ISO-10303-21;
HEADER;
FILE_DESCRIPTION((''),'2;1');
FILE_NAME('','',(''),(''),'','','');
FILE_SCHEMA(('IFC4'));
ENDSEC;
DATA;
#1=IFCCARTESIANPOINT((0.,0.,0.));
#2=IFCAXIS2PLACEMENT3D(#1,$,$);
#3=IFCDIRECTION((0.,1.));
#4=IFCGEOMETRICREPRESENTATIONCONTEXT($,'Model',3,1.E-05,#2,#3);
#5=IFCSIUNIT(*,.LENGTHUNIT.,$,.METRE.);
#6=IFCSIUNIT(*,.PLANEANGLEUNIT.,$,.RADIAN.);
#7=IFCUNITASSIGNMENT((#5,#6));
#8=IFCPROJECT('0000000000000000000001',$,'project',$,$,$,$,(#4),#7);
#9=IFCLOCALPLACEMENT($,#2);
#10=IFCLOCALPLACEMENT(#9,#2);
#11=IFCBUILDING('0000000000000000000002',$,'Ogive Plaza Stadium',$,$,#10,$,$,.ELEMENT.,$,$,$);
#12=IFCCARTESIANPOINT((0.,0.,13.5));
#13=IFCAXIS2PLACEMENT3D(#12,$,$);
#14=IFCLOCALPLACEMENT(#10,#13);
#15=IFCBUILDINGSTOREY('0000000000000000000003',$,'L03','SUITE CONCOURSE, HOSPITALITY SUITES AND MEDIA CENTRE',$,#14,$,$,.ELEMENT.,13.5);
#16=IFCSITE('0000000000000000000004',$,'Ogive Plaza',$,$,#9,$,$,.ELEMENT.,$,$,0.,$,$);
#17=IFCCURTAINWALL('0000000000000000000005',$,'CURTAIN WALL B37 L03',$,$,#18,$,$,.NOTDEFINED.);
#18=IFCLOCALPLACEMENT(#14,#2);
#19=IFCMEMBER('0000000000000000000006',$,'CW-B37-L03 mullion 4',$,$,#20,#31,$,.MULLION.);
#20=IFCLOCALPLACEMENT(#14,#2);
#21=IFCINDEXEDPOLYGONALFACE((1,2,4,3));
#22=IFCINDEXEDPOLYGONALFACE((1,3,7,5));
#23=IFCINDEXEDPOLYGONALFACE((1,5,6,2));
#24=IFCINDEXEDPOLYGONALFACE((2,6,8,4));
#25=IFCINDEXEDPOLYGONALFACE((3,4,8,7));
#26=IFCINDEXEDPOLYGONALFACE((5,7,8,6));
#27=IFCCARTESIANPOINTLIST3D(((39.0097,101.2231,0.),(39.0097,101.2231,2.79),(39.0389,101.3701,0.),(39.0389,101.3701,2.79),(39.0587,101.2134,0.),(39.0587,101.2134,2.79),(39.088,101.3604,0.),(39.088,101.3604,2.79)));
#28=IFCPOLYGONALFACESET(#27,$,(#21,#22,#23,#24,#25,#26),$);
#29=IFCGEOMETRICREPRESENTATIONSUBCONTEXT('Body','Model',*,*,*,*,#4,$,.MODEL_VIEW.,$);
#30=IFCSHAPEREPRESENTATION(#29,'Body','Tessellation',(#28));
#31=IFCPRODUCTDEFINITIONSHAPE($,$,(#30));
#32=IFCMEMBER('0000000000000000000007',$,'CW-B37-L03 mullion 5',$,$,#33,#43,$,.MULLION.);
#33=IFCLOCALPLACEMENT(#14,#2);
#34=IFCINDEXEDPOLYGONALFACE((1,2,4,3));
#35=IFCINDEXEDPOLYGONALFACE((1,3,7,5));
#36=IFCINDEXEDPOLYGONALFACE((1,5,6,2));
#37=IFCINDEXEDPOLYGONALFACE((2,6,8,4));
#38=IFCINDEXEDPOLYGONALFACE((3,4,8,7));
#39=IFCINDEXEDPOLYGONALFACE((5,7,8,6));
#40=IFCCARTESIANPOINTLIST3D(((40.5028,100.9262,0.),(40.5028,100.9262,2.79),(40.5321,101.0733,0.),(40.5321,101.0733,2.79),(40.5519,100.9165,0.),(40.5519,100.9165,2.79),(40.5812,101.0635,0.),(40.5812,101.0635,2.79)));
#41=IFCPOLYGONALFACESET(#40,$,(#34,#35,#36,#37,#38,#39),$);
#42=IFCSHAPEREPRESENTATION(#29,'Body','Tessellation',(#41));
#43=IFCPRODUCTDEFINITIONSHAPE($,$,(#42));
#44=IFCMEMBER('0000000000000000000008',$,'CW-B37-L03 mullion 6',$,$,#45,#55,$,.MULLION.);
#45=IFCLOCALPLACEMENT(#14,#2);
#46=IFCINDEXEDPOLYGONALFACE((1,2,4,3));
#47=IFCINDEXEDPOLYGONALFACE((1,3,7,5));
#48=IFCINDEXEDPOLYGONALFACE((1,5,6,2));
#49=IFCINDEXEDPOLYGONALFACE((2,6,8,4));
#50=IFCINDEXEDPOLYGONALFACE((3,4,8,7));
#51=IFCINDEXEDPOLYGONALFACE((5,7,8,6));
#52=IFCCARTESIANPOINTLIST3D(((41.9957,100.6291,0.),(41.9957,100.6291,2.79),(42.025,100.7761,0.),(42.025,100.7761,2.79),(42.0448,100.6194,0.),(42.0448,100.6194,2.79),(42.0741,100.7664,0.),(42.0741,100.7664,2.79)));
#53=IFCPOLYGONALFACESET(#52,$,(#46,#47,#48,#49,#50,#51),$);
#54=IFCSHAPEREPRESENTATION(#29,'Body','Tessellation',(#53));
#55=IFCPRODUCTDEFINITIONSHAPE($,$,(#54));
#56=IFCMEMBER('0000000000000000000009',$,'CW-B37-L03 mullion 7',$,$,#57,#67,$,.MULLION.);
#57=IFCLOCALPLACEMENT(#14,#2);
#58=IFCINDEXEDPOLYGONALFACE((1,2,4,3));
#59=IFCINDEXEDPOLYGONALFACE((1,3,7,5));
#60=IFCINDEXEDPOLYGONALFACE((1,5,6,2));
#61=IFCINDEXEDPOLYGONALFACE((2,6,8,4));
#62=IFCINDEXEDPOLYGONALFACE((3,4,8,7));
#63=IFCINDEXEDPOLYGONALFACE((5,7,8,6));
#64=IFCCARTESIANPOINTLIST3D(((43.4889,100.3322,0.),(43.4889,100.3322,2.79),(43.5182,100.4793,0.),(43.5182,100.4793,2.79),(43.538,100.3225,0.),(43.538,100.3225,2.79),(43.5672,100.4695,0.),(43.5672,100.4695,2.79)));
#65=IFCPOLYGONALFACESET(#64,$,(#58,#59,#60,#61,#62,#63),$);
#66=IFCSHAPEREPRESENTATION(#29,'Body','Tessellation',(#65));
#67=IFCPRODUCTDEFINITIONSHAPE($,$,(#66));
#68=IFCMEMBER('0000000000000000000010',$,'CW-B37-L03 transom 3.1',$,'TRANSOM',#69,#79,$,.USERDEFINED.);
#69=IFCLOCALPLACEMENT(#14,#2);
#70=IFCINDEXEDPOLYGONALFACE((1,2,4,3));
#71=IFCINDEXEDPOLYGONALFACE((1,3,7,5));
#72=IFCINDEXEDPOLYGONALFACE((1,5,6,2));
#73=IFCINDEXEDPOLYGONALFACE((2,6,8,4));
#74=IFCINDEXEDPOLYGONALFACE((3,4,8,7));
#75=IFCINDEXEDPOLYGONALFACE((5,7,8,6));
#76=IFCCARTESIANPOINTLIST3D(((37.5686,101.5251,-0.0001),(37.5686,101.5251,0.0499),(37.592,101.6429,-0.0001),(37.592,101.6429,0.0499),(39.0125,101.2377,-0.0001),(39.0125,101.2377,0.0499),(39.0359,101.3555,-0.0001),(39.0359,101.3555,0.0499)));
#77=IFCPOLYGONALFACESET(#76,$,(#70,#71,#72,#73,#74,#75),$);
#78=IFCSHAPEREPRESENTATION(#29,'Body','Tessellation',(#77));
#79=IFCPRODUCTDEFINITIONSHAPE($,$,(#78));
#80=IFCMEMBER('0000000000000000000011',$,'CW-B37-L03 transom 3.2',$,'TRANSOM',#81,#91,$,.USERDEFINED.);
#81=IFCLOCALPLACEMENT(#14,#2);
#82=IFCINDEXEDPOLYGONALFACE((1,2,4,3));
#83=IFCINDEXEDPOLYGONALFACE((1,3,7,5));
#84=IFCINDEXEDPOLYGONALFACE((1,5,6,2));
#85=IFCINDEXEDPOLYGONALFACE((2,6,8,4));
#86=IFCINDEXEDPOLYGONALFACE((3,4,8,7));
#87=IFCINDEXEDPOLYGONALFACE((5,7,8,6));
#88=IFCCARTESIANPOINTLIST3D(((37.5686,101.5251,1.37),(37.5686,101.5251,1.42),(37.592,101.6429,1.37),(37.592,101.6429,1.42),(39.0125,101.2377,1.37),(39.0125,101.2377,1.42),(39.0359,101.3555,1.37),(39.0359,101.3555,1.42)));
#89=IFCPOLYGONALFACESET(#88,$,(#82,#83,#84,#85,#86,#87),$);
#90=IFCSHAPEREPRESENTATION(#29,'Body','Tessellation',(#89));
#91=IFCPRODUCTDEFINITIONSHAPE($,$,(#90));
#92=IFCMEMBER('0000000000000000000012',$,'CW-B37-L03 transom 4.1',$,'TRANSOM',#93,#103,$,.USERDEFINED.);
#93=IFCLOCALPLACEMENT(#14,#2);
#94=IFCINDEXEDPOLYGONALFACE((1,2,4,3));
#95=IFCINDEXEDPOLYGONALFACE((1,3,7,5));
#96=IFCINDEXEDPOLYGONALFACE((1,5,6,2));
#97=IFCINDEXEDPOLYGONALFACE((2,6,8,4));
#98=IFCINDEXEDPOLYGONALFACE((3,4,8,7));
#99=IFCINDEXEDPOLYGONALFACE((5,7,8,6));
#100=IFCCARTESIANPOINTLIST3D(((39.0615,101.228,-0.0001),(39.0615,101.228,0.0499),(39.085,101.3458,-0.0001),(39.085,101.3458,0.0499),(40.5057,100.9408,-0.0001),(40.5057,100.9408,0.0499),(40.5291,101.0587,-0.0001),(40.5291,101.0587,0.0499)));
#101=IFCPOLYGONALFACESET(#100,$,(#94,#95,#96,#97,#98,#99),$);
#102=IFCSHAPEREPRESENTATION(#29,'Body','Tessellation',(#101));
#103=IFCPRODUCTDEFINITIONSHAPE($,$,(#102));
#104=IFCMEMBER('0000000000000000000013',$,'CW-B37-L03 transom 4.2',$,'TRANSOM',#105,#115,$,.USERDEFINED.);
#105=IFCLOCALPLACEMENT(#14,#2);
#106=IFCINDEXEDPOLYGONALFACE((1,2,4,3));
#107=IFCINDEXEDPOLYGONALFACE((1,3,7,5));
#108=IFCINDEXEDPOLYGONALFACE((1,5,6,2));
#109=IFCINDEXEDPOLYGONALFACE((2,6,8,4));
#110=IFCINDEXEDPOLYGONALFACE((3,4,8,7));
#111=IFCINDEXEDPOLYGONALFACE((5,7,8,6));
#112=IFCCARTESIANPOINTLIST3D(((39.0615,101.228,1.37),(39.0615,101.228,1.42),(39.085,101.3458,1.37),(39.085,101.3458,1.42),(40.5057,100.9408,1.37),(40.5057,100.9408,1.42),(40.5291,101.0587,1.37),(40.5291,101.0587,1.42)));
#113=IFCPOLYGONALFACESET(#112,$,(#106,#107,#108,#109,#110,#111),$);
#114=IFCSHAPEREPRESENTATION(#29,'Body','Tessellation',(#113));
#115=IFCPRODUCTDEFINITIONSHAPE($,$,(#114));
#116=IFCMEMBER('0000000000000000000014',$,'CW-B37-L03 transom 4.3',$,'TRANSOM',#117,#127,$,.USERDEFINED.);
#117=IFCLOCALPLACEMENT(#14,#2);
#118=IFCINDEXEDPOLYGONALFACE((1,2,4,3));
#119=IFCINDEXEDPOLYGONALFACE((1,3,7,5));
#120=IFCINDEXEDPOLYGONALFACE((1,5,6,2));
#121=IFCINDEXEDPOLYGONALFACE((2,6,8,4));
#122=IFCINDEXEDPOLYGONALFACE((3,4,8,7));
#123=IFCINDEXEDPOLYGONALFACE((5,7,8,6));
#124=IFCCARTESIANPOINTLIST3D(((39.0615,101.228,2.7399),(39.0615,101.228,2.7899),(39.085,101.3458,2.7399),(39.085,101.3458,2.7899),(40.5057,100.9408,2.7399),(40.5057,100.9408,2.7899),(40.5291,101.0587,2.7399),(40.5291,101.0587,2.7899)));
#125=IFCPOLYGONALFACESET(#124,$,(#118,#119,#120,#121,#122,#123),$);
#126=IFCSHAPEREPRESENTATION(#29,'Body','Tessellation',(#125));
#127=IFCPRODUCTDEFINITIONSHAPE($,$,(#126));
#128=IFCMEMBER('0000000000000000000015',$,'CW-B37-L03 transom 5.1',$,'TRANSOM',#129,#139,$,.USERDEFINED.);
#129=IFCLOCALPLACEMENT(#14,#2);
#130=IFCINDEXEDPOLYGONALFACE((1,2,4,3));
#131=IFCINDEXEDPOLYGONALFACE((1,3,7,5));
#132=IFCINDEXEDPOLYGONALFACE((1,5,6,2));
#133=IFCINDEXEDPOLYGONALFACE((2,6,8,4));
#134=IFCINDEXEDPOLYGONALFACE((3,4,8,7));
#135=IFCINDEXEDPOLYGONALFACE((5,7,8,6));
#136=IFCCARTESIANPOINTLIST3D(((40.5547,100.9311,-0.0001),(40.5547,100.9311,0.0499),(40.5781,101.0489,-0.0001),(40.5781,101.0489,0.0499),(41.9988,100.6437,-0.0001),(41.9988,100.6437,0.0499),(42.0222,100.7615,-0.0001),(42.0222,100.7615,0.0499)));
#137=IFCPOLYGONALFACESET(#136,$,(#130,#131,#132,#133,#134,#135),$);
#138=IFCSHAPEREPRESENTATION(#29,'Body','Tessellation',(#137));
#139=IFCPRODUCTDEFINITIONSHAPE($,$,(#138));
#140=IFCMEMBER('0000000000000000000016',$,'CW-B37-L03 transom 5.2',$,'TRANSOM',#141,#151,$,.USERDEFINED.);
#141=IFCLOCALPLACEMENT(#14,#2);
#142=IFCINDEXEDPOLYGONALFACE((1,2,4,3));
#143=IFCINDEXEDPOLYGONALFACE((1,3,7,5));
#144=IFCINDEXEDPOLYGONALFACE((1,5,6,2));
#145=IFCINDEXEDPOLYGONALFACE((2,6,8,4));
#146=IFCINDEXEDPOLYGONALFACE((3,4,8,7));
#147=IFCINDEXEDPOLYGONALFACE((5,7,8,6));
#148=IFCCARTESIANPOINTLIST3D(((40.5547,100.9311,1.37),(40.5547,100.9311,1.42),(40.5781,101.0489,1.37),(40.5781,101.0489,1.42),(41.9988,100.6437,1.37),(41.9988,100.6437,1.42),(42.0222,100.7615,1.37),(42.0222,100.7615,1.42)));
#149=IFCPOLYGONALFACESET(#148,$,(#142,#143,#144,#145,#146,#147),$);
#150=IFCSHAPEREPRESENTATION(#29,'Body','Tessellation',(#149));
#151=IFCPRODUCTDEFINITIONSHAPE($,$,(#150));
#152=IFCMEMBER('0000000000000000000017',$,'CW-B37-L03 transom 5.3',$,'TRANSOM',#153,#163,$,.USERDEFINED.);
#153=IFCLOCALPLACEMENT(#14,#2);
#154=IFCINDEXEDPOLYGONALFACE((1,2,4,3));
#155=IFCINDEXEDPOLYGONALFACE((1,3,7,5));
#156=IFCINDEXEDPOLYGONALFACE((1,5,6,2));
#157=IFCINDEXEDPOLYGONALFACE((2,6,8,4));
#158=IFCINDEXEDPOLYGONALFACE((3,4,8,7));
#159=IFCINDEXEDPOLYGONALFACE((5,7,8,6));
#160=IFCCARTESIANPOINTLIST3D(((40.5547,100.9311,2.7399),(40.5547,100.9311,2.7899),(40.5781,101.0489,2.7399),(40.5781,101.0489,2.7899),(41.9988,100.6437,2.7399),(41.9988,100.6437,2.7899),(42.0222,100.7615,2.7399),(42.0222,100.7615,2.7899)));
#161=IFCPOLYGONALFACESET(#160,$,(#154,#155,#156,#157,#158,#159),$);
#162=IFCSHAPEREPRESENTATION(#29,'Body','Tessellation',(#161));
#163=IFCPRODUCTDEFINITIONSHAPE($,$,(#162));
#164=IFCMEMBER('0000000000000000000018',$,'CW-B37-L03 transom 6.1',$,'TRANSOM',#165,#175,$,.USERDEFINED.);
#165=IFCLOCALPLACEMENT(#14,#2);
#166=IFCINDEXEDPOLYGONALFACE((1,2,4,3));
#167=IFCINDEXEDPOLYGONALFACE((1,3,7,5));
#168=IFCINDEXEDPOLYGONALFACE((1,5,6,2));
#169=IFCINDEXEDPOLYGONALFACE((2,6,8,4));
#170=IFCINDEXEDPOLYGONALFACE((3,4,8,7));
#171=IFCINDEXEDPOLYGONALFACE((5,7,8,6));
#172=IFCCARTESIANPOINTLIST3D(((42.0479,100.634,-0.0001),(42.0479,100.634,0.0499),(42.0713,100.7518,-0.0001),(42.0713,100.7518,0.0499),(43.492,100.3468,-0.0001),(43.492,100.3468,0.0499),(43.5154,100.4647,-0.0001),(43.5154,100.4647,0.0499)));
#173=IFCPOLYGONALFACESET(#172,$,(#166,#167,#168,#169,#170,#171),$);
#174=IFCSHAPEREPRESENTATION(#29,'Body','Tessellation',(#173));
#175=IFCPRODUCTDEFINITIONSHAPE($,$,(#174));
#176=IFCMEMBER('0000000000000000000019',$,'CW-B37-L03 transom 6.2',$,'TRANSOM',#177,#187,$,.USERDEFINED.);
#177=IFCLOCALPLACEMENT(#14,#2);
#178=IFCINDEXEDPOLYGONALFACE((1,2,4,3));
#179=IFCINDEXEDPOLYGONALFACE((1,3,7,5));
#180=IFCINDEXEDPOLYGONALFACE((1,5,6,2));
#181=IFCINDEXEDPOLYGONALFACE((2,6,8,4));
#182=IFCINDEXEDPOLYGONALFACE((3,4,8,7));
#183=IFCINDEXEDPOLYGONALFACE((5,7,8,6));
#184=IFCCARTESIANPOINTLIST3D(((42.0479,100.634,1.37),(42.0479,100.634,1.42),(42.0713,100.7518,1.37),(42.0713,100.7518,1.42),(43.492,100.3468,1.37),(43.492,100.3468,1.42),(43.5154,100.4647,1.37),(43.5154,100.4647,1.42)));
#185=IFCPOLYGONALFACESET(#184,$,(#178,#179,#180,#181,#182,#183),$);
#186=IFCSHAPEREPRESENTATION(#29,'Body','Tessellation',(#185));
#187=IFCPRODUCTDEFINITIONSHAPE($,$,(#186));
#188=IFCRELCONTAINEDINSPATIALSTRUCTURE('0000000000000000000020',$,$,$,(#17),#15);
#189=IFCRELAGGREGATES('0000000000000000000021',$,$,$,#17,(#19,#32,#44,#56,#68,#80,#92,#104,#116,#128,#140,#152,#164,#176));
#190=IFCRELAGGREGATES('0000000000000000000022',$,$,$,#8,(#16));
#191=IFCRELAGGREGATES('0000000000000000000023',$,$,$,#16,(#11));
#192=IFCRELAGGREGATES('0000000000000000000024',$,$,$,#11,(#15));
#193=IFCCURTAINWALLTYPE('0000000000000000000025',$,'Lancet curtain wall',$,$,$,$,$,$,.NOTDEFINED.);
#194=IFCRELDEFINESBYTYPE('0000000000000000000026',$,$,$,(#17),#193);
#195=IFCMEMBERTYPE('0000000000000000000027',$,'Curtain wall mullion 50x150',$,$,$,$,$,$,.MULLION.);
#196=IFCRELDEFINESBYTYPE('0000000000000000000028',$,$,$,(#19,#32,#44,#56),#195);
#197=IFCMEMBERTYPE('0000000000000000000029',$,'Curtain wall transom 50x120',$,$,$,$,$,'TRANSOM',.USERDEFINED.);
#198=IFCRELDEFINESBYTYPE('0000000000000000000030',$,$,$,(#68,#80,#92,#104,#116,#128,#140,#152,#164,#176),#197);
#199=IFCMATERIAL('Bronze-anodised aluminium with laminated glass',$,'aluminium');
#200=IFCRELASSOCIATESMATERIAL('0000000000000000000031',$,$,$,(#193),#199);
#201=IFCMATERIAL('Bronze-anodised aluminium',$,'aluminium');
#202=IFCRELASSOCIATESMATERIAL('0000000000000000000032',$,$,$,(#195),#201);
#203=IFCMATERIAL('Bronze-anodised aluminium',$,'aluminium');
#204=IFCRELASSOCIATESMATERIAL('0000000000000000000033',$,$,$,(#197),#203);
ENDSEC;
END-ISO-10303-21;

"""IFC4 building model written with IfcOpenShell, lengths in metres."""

from ifc_helpers import new_model, si_unit, direction, frame, origin, origin_2d, place, context, subcontext, project, spatial, rectangle, extrude, material, material_profile, profile_set, type_object, element, aggregate, save


model = new_model("IFC4")

# Units and contexts
model_context = context("Model", 3, precision=1e-05, world=origin(), true_north=direction((0.0, 1.0)))
body_context = subcontext(model_context, "Body", "Model", "MODEL_VIEW")
ifc_project = project(units=[si_unit("LENGTHUNIT", "METRE"), si_unit("PLANEANGLEUNIT", "RADIAN")], contexts=[model_context])

# Site, building, storey
site_placement = place(None, origin())
site = spatial("IfcSite", under=ifc_project, at=site_placement, Name="Ogive Plaza", CompositionType="ELEMENT", RefElevation=0.0)
building_placement = place(site_placement, origin())
building = spatial("IfcBuilding", under=site, at=building_placement, Name="Ogive Plaza Stadium", CompositionType="ELEMENT")
storey_placement = place(building_placement, frame((0.0, 0.0, 13.5)))
storey = spatial("IfcBuildingStorey", under=building, at=storey_placement, Name="L03", Description="SUITE CONCOURSE, HOSPITALITY SUITES AND MEDIA CENTRE", CompositionType="ELEMENT", Elevation=13.5)

# Curtain wall, members
ifc_material_1 = material(Name="Bronze-anodised aluminium with laminated glass", Category="aluminium")
curtain_wall_type = type_object("IfcCurtainWallType", Name="Lancet curtain wall", PredefinedType="NOTDEFINED", material=ifc_material_1)
curtain_wall_placement = place(storey_placement, origin())
curtain_wall = element("IfcCurtainWall", 1, at=curtain_wall_placement, inside=storey, type_object=curtain_wall_type, Name="CURTAIN WALL B37 L03", PredefinedType="NOTDEFINED")
ifc_material_2 = material(Name="Bronze-anodised aluminium", Category="aluminium")
ifc_material_profile_1 = material_profile(ifc_material_2, rectangle(XDim=0.1499, YDim=0.05, at=origin_2d()), Name="AL 150x50")
ifc_profile_set_1 = profile_set([ifc_material_profile_1], Name="Bronze-anodised aluminium")
member_type_1 = type_object("IfcMemberType", Name="Curtain wall mullion 50x150", PredefinedType="MULLION", material=ifc_profile_set_1)
member_1_placement = place(storey_placement, frame((39.0488, 101.2917, 0.0), z_axis=(0.0, 0.0, 1.0), x_axis=(0.19509, 0.980785, 0.0)))
member_1 = element("IfcMember", 2, at=member_1_placement, type_object=member_type_1, Name="CW-B37-L03 mullion 4", PredefinedType="MULLION", context=body_context, shape_type="SweptSolid", body=[
    extrude(rectangle(XDim=0.1499, YDim=0.05, at=origin_2d()), origin(), (0.0, 0.0, 1.0), 2.79),
])
member_2_placement = place(storey_placement, frame((40.542, 100.9949, 0.0), z_axis=(0.0, 0.0, 1.0), x_axis=(0.19509, 0.980785, 0.0)))
member_2 = element("IfcMember", 3, at=member_2_placement, type_object=member_type_1, Name="CW-B37-L03 mullion 5", PredefinedType="MULLION", context=body_context, shape_type="SweptSolid", body=[
    extrude(rectangle(XDim=0.1499, YDim=0.05, at=origin_2d()), origin(), (0.0, 0.0, 1.0), 2.79),
])
member_3_placement = place(storey_placement, frame((42.0349, 100.6978, 0.0), z_axis=(0.0, 0.0, 1.0), x_axis=(0.19509, 0.980785, 0.0)))
member_3 = element("IfcMember", 4, at=member_3_placement, type_object=member_type_1, Name="CW-B37-L03 mullion 6", PredefinedType="MULLION", context=body_context, shape_type="SweptSolid", body=[
    extrude(rectangle(XDim=0.1499, YDim=0.05, at=origin_2d()), origin(), (0.0, 0.0, 1.0), 2.79),
])
member_4_placement = place(storey_placement, frame((43.5281, 100.4009, 0.0), z_axis=(0.0, 0.0, 1.0), x_axis=(0.19509, 0.980785, 0.0)))
member_4 = element("IfcMember", 5, at=member_4_placement, type_object=member_type_1, Name="CW-B37-L03 mullion 7", PredefinedType="MULLION", context=body_context, shape_type="SweptSolid", body=[
    extrude(rectangle(XDim=0.1499, YDim=0.05, at=origin_2d()), origin(), (0.0, 0.0, 1.0), 2.79),
])
ifc_material_3 = material(Name="Bronze-anodised aluminium", Category="aluminium")
ifc_material_profile_2 = material_profile(ifc_material_3, rectangle(XDim=0.1201, YDim=0.05, at=origin_2d()), Name="AL 120x50")
ifc_profile_set_2 = profile_set([ifc_material_profile_2], Name="Bronze-anodised aluminium")
member_type_2 = type_object("IfcMemberType", Name="Curtain wall transom 50x120", ElementType="TRANSOM", PredefinedType="USERDEFINED", material=ifc_profile_set_2)
member_5_placement = place(storey_placement, frame((37.5803, 101.584, 0.0249), z_axis=(0.980765, -0.195191, 0.0), x_axis=(0.195191, 0.980765, 0.0)))
member_5 = element("IfcMember", 6, at=member_5_placement, type_object=member_type_2, Name="CW-B37-L03 transom 3.1", ObjectType="TRANSOM", PredefinedType="USERDEFINED", context=body_context, shape_type="SweptSolid", body=[
    extrude(rectangle(XDim=0.1201, YDim=0.05, at=origin_2d()), origin(), (0.0, 0.0, 1.0), 1.4722),
])
member_6_placement = place(storey_placement, frame((37.5803, 101.584, 1.395), z_axis=(0.980765, -0.195191, 0.0), x_axis=(0.195191, 0.980765, 0.0)))
member_6 = element("IfcMember", 7, at=member_6_placement, type_object=member_type_2, Name="CW-B37-L03 transom 3.2", ObjectType="TRANSOM", PredefinedType="USERDEFINED", context=body_context, shape_type="SweptSolid", body=[
    extrude(rectangle(XDim=0.1201, YDim=0.05, at=origin_2d()), origin(), (0.0, 0.0, 1.0), 1.4722),
])
member_7_placement = place(storey_placement, frame((39.0732, 101.2869, 0.0249), z_axis=(0.980803, -0.195, 0.0), x_axis=(0.195, 0.980803, 0.0)))
member_7 = element("IfcMember", 8, at=member_7_placement, type_object=member_type_2, Name="CW-B37-L03 transom 4.1", ObjectType="TRANSOM", PredefinedType="USERDEFINED", context=body_context, shape_type="SweptSolid", body=[
    extrude(rectangle(XDim=0.1201, YDim=0.05, at=origin_2d()), origin(), (0.0, 0.0, 1.0), 1.4724),
])
member_8_placement = place(storey_placement, frame((39.0732, 101.2869, 1.395), z_axis=(0.980803, -0.195, 0.0), x_axis=(0.195, 0.980803, 0.0)))
member_8 = element("IfcMember", 9, at=member_8_placement, type_object=member_type_2, Name="CW-B37-L03 transom 4.2", ObjectType="TRANSOM", PredefinedType="USERDEFINED", context=body_context, shape_type="SweptSolid", body=[
    extrude(rectangle(XDim=0.1201, YDim=0.05, at=origin_2d()), origin(), (0.0, 0.0, 1.0), 1.4724),
])
member_9_placement = place(storey_placement, frame((39.0732, 101.2869, 2.7649), z_axis=(0.980803, -0.195, 0.0), x_axis=(0.195, 0.980803, 0.0)))
member_9 = element("IfcMember", 10, at=member_9_placement, type_object=member_type_2, Name="CW-B37-L03 transom 4.3", ObjectType="TRANSOM", PredefinedType="USERDEFINED", context=body_context, shape_type="SweptSolid", body=[
    extrude(rectangle(XDim=0.1201, YDim=0.05, at=origin_2d()), origin(), (0.0, 0.0, 1.0), 1.4724),
])
member_10_placement = place(storey_placement, frame((40.5664, 100.99, 0.0249), z_axis=(0.980772, -0.195159, 0.0), x_axis=(0.195159, 0.980772, 0.0)))
member_10 = element("IfcMember", 11, at=member_10_placement, type_object=member_type_2, Name="CW-B37-L03 transom 5.1", ObjectType="TRANSOM", PredefinedType="USERDEFINED", context=body_context, shape_type="SweptSolid", body=[
    extrude(rectangle(XDim=0.1201, YDim=0.05, at=origin_2d()), origin(), (0.0, 0.0, 1.0), 1.4724),
])
member_11_placement = place(storey_placement, frame((40.5664, 100.99, 1.395), z_axis=(0.980772, -0.195159, 0.0), x_axis=(0.195159, 0.980772, 0.0)))
member_11 = element("IfcMember", 12, at=member_11_placement, type_object=member_type_2, Name="CW-B37-L03 transom 5.2", ObjectType="TRANSOM", PredefinedType="USERDEFINED", context=body_context, shape_type="SweptSolid", body=[
    extrude(rectangle(XDim=0.1201, YDim=0.05, at=origin_2d()), origin(), (0.0, 0.0, 1.0), 1.4724),
])
member_12_placement = place(storey_placement, frame((40.5664, 100.99, 2.7649), z_axis=(0.980772, -0.195159, 0.0), x_axis=(0.195159, 0.980772, 0.0)))
member_12 = element("IfcMember", 13, at=member_12_placement, type_object=member_type_2, Name="CW-B37-L03 transom 5.3", ObjectType="TRANSOM", PredefinedType="USERDEFINED", context=body_context, shape_type="SweptSolid", body=[
    extrude(rectangle(XDim=0.1201, YDim=0.05, at=origin_2d()), origin(), (0.0, 0.0, 1.0), 1.4724),
])
member_13_placement = place(storey_placement, frame((42.0596, 100.6929, 0.0249), z_axis=(0.980803, -0.195, 0.0), x_axis=(0.195, 0.980803, 0.0)))
member_13 = element("IfcMember", 14, at=member_13_placement, type_object=member_type_2, Name="CW-B37-L03 transom 6.1", ObjectType="TRANSOM", PredefinedType="USERDEFINED", context=body_context, shape_type="SweptSolid", body=[
    extrude(rectangle(XDim=0.1201, YDim=0.05, at=origin_2d()), origin(), (0.0, 0.0, 1.0), 1.4724),
])
member_14_placement = place(storey_placement, frame((42.0596, 100.6929, 1.395), z_axis=(0.980803, -0.195, 0.0), x_axis=(0.195, 0.980803, 0.0)))
member_14 = element("IfcMember", 15, at=member_14_placement, type_object=member_type_2, Name="CW-B37-L03 transom 6.2", ObjectType="TRANSOM", PredefinedType="USERDEFINED", context=body_context, shape_type="SweptSolid", body=[
    extrude(rectangle(XDim=0.1201, YDim=0.05, at=origin_2d()), origin(), (0.0, 0.0, 1.0), 1.4724),
])
aggregate(curtain_wall, [member_1, member_2, member_3, member_4, member_5, member_6, member_7, member_8, member_9, member_10, member_11, member_12, member_13, member_14])

save(model, "model.ifc")
